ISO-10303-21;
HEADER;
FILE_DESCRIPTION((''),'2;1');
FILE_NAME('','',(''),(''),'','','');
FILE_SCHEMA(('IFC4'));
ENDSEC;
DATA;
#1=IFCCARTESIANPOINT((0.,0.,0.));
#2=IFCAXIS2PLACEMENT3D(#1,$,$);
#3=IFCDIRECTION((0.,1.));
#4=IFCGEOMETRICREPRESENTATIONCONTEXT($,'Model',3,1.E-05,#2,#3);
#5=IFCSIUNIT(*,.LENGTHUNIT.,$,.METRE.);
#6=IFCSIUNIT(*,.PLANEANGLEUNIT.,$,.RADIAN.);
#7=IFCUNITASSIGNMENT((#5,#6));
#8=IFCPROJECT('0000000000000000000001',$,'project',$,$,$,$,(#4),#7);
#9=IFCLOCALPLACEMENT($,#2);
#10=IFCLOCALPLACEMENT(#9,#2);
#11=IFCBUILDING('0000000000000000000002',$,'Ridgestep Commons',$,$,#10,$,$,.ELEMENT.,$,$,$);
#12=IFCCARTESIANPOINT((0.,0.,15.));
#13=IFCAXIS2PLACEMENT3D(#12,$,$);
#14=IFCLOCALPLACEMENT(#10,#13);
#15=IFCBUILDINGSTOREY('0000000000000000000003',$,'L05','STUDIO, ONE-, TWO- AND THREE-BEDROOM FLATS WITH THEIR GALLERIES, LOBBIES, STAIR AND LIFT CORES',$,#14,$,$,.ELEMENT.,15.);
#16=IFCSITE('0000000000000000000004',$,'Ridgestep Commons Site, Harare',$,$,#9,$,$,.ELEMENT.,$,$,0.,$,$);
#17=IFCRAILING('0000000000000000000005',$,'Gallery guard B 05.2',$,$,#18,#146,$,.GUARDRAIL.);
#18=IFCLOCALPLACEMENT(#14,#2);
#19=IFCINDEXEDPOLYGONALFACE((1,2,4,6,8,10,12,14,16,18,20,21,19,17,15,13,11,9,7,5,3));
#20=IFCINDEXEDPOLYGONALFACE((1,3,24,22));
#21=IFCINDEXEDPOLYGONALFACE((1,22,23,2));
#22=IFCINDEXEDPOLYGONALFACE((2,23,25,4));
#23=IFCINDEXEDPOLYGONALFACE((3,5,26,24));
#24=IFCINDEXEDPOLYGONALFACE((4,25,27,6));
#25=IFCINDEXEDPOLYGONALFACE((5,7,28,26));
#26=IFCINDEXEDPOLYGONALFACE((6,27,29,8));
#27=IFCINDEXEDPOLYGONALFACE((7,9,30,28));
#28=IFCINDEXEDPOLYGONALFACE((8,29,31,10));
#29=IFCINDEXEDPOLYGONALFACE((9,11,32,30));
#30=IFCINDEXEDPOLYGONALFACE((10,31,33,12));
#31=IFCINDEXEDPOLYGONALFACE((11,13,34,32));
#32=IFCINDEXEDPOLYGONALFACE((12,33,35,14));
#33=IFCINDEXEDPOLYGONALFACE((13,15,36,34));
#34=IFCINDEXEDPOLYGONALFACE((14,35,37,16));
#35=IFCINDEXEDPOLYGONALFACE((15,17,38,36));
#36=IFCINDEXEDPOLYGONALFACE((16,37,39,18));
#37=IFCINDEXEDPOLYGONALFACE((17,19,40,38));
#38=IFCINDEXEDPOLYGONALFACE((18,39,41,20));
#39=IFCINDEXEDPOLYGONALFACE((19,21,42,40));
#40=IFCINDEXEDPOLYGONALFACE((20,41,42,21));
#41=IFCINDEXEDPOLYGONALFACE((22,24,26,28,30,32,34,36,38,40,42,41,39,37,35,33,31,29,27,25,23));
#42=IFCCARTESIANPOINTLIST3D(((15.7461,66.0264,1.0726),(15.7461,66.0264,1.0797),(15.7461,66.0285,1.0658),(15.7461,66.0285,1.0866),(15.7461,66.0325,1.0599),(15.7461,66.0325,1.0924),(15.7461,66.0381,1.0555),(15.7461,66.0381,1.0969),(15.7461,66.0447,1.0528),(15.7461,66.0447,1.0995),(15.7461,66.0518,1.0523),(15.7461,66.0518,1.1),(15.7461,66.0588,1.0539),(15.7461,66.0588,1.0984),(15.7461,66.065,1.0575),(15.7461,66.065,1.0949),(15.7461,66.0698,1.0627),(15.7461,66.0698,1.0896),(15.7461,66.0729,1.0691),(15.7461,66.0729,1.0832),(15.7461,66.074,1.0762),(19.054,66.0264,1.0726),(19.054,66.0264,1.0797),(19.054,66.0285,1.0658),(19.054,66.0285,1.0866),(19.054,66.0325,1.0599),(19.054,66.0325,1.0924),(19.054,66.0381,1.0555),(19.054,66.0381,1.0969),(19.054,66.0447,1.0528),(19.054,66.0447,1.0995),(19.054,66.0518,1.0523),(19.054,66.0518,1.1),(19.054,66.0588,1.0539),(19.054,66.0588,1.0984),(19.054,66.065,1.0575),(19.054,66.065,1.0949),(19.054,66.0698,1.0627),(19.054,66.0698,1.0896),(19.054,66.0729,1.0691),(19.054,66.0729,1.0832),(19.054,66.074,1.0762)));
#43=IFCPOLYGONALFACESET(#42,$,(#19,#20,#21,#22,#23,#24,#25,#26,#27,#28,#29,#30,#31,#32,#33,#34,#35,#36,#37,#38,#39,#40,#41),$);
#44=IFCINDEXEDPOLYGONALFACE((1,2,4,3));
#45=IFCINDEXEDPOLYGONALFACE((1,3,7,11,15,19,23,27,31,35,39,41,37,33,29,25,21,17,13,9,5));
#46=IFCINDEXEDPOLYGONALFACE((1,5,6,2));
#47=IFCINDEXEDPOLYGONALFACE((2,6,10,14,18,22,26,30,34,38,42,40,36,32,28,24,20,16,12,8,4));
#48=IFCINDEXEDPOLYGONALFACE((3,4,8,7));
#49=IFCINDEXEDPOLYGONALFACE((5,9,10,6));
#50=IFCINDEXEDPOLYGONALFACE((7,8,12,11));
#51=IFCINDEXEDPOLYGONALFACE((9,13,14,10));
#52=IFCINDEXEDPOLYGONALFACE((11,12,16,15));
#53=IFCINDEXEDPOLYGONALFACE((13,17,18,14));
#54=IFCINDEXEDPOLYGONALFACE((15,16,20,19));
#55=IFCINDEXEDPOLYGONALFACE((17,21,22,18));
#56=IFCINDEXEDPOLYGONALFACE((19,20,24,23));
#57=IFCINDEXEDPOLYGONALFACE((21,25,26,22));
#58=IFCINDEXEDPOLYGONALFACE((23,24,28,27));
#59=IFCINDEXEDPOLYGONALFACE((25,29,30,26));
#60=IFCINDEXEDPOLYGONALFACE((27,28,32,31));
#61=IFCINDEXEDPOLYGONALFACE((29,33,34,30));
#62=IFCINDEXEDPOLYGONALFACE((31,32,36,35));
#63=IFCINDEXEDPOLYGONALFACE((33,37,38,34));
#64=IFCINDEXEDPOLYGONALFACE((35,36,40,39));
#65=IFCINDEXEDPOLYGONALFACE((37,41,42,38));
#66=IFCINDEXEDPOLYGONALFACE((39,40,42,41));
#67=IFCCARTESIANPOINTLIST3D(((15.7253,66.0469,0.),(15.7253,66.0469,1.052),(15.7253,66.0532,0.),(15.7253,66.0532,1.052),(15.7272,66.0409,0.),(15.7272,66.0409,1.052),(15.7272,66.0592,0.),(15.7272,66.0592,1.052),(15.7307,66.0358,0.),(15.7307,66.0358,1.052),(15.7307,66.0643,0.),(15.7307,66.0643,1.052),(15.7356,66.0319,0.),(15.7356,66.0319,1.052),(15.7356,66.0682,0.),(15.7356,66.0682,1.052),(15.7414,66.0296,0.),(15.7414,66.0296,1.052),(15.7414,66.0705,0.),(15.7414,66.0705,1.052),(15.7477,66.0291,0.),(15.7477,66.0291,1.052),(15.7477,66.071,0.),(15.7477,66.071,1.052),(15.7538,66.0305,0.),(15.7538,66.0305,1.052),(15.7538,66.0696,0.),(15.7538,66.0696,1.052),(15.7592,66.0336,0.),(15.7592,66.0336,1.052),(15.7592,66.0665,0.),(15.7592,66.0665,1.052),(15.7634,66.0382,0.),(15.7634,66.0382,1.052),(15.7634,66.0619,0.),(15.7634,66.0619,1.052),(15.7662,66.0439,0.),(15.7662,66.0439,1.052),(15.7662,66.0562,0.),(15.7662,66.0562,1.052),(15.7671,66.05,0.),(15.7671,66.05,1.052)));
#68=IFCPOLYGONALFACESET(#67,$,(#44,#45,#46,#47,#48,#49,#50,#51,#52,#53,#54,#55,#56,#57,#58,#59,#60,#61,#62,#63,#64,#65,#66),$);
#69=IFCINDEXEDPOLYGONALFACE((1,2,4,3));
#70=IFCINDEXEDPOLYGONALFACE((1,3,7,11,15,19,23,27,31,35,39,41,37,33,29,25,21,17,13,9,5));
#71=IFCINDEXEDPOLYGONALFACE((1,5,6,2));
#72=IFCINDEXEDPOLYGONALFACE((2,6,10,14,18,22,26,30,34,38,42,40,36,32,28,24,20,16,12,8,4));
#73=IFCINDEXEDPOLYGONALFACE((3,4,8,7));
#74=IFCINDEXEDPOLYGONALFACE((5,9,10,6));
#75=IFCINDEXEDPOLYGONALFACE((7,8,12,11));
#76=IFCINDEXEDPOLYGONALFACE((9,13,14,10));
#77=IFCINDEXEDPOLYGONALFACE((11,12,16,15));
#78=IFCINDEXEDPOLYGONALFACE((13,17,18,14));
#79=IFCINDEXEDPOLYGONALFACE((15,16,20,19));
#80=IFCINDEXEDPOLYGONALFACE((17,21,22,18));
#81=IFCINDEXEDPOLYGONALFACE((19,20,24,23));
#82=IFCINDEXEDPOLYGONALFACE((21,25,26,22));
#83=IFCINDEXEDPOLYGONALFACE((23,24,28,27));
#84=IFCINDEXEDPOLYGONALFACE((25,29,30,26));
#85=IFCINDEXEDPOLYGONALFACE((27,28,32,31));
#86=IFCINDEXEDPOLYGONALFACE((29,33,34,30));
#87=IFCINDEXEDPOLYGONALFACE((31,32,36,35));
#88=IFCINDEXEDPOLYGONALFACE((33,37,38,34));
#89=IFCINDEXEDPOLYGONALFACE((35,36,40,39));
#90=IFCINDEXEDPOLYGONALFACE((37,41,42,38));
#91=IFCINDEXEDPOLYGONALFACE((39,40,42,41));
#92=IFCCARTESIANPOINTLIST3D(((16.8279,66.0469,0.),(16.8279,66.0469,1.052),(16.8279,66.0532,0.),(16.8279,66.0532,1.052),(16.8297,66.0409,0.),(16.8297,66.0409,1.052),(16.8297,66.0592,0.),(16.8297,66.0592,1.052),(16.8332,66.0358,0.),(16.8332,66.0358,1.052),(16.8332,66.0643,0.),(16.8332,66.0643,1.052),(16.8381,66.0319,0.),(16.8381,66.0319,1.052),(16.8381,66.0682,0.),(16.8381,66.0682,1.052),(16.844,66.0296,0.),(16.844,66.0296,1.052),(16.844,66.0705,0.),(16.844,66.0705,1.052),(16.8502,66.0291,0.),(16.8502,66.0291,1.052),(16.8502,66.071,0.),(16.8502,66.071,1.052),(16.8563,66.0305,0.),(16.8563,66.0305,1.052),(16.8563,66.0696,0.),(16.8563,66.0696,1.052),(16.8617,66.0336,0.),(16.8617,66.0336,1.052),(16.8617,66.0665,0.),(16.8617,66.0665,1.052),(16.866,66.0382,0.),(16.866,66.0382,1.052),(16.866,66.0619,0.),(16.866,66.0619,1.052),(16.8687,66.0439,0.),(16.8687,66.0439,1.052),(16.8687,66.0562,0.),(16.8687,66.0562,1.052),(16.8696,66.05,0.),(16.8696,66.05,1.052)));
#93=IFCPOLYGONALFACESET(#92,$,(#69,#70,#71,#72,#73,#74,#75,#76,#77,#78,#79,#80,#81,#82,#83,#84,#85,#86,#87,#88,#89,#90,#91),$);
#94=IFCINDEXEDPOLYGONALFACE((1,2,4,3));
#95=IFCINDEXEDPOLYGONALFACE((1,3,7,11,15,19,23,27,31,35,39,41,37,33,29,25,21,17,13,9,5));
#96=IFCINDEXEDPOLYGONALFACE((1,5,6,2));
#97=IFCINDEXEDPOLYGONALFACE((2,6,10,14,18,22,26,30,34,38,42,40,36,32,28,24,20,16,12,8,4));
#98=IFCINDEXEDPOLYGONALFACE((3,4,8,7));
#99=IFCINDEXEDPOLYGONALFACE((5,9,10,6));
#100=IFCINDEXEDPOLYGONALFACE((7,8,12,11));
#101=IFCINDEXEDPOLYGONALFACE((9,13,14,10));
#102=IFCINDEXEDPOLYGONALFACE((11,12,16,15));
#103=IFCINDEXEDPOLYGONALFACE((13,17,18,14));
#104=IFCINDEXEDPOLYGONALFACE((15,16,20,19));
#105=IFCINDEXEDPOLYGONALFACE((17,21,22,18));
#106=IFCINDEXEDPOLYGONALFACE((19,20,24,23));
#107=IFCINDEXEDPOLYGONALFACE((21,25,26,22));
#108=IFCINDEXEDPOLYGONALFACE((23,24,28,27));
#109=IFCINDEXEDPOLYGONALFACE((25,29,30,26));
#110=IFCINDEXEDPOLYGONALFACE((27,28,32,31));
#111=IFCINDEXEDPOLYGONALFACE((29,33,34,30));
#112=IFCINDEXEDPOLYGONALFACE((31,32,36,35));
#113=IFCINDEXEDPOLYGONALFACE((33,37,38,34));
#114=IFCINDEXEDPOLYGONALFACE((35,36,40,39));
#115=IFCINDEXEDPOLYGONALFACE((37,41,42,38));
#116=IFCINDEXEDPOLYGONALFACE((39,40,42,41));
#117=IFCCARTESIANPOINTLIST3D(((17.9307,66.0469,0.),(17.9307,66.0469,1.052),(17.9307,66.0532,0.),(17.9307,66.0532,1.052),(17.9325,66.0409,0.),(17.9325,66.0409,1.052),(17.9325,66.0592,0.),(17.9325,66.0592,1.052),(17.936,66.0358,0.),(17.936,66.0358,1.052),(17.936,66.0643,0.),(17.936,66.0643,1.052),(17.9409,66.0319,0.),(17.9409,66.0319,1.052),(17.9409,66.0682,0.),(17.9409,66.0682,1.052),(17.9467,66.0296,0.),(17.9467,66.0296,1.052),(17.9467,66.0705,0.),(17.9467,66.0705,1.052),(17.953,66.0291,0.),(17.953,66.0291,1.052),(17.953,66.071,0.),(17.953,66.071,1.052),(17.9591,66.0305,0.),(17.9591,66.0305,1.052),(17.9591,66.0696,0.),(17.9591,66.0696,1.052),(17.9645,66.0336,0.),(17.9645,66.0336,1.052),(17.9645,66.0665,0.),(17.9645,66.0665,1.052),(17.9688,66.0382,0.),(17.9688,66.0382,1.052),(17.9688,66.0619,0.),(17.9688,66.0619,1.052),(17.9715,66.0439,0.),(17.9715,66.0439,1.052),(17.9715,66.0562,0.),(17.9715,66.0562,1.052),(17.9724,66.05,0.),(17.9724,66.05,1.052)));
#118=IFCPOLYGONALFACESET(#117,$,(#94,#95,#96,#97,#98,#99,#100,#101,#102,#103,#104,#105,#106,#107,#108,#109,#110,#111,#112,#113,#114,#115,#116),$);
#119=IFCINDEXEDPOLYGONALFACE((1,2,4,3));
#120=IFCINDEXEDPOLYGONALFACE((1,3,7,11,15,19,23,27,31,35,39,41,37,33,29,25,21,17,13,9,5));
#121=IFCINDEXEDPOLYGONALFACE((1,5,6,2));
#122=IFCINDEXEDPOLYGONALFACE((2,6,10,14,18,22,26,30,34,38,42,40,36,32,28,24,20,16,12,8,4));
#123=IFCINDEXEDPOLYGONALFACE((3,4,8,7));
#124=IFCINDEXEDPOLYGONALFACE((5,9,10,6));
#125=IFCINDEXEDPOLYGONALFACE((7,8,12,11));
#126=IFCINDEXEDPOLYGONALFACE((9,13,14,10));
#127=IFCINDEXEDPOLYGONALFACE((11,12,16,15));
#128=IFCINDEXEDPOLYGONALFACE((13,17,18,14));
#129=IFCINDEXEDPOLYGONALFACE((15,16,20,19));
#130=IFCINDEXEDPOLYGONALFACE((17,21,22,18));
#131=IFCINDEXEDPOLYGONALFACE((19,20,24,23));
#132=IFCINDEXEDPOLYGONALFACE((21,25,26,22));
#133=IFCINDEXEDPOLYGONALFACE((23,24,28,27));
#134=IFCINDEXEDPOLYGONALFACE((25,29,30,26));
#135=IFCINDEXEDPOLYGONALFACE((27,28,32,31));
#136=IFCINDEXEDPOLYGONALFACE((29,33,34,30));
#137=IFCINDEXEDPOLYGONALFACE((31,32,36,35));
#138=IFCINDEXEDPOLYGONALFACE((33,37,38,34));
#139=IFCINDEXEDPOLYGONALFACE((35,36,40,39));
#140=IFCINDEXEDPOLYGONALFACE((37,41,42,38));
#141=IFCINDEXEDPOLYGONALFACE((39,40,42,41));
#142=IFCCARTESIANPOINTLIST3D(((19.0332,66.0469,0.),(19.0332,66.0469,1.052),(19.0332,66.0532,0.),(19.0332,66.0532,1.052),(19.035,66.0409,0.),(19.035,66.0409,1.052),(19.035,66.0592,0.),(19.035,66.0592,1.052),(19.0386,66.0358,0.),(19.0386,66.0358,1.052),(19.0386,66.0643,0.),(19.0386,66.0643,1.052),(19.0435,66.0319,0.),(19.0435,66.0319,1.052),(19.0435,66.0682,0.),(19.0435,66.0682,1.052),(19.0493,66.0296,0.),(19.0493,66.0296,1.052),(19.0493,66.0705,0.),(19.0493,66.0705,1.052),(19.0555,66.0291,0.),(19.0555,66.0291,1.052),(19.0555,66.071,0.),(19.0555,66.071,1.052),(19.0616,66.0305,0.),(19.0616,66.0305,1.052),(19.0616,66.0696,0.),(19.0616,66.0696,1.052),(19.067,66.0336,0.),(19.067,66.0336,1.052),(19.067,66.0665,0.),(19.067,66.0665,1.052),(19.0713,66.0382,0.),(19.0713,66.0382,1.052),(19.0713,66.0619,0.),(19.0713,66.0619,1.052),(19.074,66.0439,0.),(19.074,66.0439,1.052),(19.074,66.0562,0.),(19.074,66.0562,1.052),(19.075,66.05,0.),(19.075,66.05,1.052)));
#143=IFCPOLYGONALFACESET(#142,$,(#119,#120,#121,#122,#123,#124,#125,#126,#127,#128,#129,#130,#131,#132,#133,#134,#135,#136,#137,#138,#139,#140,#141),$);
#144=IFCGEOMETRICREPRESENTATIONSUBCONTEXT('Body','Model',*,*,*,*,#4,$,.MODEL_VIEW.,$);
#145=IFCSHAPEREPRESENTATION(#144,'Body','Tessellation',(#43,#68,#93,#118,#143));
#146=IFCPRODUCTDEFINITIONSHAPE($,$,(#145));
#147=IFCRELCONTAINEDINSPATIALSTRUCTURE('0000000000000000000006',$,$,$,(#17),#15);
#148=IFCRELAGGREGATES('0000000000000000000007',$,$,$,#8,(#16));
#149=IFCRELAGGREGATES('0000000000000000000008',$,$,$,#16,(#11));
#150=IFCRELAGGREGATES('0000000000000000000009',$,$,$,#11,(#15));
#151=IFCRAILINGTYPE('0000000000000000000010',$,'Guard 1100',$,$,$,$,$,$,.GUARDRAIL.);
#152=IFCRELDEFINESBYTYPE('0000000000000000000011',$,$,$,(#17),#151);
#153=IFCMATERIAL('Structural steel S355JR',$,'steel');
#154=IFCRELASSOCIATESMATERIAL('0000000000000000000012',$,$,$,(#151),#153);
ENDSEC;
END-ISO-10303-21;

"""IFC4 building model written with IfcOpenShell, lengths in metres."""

from ifc_helpers import new_model, si_unit, direction, frame, origin, origin_2d, place, context, subcontext, project, spatial, circle, extrude, material, type_object, element, save


model = new_model("IFC4")

# Units and contexts
model_context = context("Model", 3, precision=1e-05, world=origin(), true_north=direction((0.0, 1.0)))
body_context = subcontext(model_context, "Body", "Model", "MODEL_VIEW")
ifc_project = project(units=[si_unit("LENGTHUNIT", "METRE"), si_unit("PLANEANGLEUNIT", "RADIAN")], contexts=[model_context])

# Site, building, storey
site_placement = place(None, origin())
site = spatial("IfcSite", under=ifc_project, at=site_placement, Name="Ridgestep Commons Site, Harare", CompositionType="ELEMENT", RefElevation=0.0)
building_placement = place(site_placement, origin())
building = spatial("IfcBuilding", under=site, at=building_placement, Name="Ridgestep Commons", CompositionType="ELEMENT")
storey_placement = place(building_placement, frame((0.0, 0.0, 15.0)))
storey = spatial("IfcBuildingStorey", under=building, at=storey_placement, Name="L05", Description="STUDIO, ONE-, TWO- AND THREE-BEDROOM FLATS WITH THEIR GALLERIES, LOBBIES, STAIR AND LIFT CORES", CompositionType="ELEMENT", Elevation=15.0)

# Railing
ifc_material_1 = material(Name="Structural steel S355JR", Category="steel")
railing_type = type_object("IfcRailingType", Name="Guard 1100", PredefinedType="GUARDRAIL", material=ifc_material_1)
railing_1_placement = place(storey_placement, frame((15.7461, 66.05, 0.0)))
element("IfcRailing", 1, at=railing_1_placement, inside=storey, type_object=railing_type, Name="Gallery guard B 05.2", PredefinedType="GUARDRAIL", context=body_context, shape_type="SweptSolid", body=[
    extrude(circle(Radius=0.0239, at=origin_2d()), frame((0.0, 0.0, 1.0762), z_axis=(1.0, 0.0, 0.0), x_axis=(0.0, 1.0, 0.0)), (0.0, 0.0, 1.0), 3.3079),
    extrude(circle(Radius=0.021, at=origin_2d()), origin(), (0.0, 0.0, 1.0), 1.052),
    extrude(circle(Radius=0.021, at=origin_2d()), frame((1.1025, 0.0, 0.0)), (0.0, 0.0, 1.0), 1.052),
    extrude(circle(Radius=0.021, at=origin_2d()), frame((2.2053, 0.0, 0.0)), (0.0, 0.0, 1.0), 1.052),
    extrude(circle(Radius=0.021, at=origin_2d()), frame((3.3079, 0.0, 0.0)), (0.0, 0.0, 1.0), 1.052),
])

save(model, "model.ifc")
